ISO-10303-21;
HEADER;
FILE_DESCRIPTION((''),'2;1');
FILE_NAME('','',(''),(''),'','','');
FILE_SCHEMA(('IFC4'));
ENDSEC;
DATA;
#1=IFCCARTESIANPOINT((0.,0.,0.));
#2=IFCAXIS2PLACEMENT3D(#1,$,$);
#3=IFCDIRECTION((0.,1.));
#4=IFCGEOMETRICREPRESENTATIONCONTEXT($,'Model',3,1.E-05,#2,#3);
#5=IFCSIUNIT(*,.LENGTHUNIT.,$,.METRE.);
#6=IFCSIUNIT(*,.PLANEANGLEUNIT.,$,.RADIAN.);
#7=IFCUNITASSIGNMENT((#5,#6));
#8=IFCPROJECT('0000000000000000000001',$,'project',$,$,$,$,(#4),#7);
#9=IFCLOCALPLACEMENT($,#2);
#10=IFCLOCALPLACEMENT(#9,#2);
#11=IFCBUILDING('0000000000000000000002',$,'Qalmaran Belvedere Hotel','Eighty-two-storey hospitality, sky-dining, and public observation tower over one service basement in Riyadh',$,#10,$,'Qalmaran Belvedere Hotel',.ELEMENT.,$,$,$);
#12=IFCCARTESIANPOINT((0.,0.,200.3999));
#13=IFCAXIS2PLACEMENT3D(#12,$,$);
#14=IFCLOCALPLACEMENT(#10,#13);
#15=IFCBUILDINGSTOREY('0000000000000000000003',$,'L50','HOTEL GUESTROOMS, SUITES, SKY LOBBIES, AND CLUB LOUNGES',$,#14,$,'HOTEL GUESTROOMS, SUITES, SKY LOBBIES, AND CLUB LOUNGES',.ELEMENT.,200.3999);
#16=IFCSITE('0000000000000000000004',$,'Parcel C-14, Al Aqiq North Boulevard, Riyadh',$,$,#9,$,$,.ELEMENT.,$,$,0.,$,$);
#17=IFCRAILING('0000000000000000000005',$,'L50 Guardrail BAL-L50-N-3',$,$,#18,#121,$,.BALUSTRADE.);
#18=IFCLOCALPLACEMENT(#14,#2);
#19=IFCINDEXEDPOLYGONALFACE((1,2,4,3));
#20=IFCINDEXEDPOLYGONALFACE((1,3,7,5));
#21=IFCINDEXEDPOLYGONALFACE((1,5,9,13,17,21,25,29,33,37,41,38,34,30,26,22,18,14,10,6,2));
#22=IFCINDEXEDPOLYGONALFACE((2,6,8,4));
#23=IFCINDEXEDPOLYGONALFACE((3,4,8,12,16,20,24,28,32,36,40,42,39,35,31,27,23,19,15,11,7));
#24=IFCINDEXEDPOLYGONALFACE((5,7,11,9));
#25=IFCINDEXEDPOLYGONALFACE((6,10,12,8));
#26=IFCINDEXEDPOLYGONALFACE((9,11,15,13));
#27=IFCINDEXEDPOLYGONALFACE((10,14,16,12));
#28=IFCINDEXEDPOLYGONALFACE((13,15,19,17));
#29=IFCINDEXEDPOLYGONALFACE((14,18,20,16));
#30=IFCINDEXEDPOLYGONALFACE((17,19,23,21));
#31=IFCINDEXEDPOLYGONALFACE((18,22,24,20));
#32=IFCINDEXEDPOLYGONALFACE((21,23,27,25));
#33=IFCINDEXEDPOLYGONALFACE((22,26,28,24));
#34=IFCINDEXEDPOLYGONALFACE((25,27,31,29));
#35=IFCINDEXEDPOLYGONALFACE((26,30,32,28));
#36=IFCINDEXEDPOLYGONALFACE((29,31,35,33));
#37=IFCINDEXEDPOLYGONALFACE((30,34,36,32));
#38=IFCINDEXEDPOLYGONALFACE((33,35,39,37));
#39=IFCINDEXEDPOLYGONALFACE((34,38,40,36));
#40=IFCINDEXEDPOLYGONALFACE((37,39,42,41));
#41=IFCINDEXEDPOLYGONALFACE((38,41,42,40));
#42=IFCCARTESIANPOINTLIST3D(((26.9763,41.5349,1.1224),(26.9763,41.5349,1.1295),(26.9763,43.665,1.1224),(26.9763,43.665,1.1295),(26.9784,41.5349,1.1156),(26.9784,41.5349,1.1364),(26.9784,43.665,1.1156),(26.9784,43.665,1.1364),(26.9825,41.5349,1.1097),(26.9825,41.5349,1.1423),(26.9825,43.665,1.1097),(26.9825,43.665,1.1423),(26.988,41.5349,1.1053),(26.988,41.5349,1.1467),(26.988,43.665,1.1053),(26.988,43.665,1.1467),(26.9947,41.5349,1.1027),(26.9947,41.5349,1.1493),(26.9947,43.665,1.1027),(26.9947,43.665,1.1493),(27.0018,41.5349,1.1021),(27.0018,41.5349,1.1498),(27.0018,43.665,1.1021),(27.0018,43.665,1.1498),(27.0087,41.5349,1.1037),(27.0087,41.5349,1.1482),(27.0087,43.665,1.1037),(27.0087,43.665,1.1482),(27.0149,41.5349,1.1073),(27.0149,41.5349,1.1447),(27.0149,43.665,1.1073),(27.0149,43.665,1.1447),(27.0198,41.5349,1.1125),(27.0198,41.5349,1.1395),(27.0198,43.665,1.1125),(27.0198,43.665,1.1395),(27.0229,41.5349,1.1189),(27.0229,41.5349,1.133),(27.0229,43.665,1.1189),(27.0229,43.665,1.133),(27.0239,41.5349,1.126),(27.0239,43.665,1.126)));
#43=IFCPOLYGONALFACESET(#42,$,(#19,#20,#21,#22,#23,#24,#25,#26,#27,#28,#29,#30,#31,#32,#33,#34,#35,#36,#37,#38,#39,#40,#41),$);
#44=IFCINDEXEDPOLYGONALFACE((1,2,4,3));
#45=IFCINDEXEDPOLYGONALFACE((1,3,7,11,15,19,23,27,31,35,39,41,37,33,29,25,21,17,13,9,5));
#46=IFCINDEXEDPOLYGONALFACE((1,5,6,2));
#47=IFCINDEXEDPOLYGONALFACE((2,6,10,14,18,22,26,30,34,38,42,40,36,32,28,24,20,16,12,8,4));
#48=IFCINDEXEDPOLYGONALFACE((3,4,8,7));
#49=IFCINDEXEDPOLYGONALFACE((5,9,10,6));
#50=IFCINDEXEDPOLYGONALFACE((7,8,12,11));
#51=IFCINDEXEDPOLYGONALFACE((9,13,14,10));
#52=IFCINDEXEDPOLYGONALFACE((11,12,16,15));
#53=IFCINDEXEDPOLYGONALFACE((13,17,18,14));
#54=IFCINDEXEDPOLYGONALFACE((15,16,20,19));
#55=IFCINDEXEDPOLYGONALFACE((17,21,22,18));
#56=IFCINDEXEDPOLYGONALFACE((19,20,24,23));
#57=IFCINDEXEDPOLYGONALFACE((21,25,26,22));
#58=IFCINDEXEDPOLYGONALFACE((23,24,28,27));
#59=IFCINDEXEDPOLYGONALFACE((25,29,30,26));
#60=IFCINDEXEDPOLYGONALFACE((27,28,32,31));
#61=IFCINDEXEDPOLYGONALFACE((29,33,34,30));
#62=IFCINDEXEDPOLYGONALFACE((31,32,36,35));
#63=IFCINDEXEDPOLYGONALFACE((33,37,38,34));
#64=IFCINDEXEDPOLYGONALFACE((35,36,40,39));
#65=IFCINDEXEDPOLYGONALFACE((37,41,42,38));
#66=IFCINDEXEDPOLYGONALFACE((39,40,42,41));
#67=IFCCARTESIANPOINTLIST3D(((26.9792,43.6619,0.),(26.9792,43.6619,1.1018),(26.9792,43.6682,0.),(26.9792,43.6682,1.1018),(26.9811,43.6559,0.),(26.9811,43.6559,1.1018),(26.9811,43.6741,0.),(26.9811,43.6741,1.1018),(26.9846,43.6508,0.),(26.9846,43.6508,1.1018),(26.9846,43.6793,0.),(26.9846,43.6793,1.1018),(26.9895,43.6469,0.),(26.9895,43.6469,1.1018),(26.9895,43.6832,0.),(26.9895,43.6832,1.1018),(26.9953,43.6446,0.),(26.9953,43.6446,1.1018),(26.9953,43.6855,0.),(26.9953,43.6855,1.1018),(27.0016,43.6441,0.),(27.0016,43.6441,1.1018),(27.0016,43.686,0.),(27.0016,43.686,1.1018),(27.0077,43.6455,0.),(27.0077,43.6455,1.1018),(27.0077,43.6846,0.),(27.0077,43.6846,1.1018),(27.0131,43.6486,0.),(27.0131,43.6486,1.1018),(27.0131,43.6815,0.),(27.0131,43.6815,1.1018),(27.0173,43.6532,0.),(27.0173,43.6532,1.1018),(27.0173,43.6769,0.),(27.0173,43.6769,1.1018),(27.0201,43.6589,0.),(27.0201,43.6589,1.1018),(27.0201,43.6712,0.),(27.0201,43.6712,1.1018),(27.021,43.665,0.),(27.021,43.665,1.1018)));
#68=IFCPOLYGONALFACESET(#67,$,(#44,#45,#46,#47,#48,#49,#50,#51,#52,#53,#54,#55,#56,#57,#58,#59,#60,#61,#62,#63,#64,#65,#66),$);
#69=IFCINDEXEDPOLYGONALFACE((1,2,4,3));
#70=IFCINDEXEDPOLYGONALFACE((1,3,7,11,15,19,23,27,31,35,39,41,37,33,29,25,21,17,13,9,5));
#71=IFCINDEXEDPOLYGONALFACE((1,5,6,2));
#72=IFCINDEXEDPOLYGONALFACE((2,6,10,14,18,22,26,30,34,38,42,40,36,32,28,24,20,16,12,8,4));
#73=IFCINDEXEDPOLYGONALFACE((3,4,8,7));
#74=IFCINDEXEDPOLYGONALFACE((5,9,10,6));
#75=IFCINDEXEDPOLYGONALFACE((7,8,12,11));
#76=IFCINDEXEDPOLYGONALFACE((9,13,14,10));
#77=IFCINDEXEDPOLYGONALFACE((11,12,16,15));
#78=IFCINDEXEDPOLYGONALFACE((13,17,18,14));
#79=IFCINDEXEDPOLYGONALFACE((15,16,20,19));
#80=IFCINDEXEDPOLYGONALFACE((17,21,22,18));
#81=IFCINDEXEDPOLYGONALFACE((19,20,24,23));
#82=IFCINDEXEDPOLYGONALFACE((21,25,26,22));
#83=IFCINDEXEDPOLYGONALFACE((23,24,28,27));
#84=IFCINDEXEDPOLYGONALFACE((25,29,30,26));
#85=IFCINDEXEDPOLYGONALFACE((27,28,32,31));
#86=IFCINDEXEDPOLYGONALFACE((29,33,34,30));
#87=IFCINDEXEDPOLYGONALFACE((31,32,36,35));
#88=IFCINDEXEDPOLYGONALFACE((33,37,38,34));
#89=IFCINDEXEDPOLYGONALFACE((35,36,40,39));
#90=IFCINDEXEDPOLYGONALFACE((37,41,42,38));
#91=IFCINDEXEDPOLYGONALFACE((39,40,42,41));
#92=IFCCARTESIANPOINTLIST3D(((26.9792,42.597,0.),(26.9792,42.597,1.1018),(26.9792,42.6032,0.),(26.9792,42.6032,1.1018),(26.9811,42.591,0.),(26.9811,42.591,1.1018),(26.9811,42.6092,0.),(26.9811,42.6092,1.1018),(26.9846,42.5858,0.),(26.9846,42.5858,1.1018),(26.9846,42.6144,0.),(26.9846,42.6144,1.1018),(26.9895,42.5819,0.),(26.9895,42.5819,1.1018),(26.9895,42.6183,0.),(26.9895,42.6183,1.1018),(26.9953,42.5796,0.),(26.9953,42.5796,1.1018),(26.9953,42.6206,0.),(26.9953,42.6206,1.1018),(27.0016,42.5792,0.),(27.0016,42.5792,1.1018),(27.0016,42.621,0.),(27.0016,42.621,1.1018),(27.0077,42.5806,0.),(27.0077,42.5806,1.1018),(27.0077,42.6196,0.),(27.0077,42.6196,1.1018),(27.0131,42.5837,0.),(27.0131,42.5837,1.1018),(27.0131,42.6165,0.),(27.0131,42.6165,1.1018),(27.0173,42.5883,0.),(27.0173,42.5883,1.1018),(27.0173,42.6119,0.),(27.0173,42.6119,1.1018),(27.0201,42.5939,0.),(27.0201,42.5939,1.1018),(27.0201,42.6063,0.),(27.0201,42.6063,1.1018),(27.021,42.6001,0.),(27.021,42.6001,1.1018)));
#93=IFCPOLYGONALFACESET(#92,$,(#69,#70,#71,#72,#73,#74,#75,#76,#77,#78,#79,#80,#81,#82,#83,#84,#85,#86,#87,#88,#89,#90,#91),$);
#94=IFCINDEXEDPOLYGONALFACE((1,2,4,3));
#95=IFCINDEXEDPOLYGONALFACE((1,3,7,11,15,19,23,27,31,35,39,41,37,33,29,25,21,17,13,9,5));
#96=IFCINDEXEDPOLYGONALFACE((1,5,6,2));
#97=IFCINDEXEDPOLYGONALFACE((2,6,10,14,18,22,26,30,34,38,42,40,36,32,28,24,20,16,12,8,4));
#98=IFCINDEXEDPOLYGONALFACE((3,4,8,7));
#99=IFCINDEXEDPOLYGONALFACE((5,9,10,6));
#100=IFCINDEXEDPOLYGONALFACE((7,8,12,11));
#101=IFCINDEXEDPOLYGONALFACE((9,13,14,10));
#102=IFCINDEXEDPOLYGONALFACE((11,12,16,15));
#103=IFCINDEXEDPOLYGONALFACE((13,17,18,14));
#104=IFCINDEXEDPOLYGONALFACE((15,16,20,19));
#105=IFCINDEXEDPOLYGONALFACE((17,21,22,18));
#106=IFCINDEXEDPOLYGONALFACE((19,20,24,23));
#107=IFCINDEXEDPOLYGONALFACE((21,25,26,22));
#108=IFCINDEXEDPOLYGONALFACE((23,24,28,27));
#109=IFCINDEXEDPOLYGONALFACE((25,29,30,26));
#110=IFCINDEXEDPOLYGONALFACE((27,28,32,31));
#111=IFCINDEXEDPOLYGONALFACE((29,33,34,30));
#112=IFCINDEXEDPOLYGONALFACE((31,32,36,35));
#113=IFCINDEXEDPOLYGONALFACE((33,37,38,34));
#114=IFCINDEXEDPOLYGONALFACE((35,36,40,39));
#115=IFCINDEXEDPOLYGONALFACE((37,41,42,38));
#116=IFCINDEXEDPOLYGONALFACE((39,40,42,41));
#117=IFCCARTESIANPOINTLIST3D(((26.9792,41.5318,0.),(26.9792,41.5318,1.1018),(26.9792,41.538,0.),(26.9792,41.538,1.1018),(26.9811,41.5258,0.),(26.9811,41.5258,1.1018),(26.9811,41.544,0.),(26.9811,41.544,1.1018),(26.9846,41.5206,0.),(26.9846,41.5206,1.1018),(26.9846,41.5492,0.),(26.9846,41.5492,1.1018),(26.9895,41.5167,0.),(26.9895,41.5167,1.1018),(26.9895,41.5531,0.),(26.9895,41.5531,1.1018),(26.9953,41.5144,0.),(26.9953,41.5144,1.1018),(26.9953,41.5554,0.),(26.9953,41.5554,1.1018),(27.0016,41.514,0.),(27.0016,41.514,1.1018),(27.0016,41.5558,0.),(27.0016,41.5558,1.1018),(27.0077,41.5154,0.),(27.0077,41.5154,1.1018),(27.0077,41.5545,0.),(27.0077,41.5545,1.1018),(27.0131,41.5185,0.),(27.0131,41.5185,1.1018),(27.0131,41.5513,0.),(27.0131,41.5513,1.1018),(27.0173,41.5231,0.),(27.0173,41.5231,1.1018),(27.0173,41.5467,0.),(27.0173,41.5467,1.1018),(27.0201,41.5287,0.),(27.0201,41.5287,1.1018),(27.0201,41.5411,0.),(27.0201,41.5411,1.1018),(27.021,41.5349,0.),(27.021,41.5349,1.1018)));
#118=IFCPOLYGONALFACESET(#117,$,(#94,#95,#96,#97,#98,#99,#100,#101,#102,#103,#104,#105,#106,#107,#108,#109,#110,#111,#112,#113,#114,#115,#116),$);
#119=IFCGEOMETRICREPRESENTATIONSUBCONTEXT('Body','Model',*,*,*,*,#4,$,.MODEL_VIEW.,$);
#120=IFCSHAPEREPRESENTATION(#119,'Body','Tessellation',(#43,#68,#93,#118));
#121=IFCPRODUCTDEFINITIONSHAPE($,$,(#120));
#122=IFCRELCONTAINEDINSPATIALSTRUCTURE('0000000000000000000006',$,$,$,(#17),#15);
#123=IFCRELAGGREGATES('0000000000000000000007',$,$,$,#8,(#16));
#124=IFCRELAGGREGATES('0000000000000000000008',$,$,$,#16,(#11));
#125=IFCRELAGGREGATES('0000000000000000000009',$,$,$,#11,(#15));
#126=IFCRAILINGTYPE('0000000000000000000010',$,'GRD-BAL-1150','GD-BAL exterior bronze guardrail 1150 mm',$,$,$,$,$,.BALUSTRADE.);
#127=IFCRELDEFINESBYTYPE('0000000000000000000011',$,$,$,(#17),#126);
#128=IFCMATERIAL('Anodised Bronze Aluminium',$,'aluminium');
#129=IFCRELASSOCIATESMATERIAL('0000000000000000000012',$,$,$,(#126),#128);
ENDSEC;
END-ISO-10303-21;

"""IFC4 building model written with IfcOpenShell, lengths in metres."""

from ifc_helpers import new_model, si_unit, direction, frame, origin, origin_2d, place, context, subcontext, project, spatial, circle, extrude, material, type_object, element, save


model = new_model("IFC4")

# Units and contexts
model_context = context("Model", 3, precision=1e-05, world=origin(), true_north=direction((0.0, 1.0)))
body_context = subcontext(model_context, "Body", "Model", "MODEL_VIEW")
ifc_project = project(units=[si_unit("LENGTHUNIT", "METRE"), si_unit("PLANEANGLEUNIT", "RADIAN")], contexts=[model_context])

# Site, building, storey
site_placement = place(None, origin())
site = spatial("IfcSite", under=ifc_project, at=site_placement, Name="Parcel C-14, Al Aqiq North Boulevard, Riyadh", CompositionType="ELEMENT", RefElevation=0.0)
building_placement = place(site_placement, origin())
building = spatial("IfcBuilding", under=site, at=building_placement, Name="Qalmaran Belvedere Hotel", Description="Eighty-two-storey hospitality, sky-dining, and public observation tower over one service basement in Riyadh", LongName="Qalmaran Belvedere Hotel", CompositionType="ELEMENT")
storey_placement = place(building_placement, frame((0.0, 0.0, 200.3999)))
storey = spatial("IfcBuildingStorey", under=building, at=storey_placement, Name="L50", Description="HOTEL GUESTROOMS, SUITES, SKY LOBBIES, AND CLUB LOUNGES", LongName="HOTEL GUESTROOMS, SUITES, SKY LOBBIES, AND CLUB LOUNGES", CompositionType="ELEMENT", Elevation=200.3999)

# Shared definitions
ifc_material_1 = material(Name="Anodised Bronze Aluminium", Category="aluminium")

# Railing
railing_type = type_object("IfcRailingType", Name="GRD-BAL-1150", Description="GD-BAL exterior bronze guardrail 1150 mm", PredefinedType="BALUSTRADE", material=ifc_material_1)
railing_1_placement = place(storey_placement, frame((27.0, 43.665, 0.0)))
element("IfcRailing", 1, at=railing_1_placement, inside=storey, type_object=railing_type, Name="L50 Guardrail BAL-L50-N-3", PredefinedType="BALUSTRADE", context=body_context, shape_type="SweptSolid", body=[
    extrude(circle(Radius=0.0239, at=origin_2d()), frame((0.0, 0.0, 1.126), z_axis=(0.0, -1.0, 0.0), x_axis=(1.0, 0.0, 0.0)), (0.0, 0.0, 1.0), 2.1301),
    extrude(circle(Radius=0.021, at=origin_2d()), origin(), (0.0, 0.0, 1.0), 1.1018),
    extrude(circle(Radius=0.021, at=origin_2d()), frame((0.0, -1.0649, 0.0)), (0.0, 0.0, 1.0), 1.1018),
    extrude(circle(Radius=0.021, at=origin_2d()), frame((0.0, -2.1301, 0.0)), (0.0, 0.0, 1.0), 1.1018),
])

save(model, "model.ifc")
